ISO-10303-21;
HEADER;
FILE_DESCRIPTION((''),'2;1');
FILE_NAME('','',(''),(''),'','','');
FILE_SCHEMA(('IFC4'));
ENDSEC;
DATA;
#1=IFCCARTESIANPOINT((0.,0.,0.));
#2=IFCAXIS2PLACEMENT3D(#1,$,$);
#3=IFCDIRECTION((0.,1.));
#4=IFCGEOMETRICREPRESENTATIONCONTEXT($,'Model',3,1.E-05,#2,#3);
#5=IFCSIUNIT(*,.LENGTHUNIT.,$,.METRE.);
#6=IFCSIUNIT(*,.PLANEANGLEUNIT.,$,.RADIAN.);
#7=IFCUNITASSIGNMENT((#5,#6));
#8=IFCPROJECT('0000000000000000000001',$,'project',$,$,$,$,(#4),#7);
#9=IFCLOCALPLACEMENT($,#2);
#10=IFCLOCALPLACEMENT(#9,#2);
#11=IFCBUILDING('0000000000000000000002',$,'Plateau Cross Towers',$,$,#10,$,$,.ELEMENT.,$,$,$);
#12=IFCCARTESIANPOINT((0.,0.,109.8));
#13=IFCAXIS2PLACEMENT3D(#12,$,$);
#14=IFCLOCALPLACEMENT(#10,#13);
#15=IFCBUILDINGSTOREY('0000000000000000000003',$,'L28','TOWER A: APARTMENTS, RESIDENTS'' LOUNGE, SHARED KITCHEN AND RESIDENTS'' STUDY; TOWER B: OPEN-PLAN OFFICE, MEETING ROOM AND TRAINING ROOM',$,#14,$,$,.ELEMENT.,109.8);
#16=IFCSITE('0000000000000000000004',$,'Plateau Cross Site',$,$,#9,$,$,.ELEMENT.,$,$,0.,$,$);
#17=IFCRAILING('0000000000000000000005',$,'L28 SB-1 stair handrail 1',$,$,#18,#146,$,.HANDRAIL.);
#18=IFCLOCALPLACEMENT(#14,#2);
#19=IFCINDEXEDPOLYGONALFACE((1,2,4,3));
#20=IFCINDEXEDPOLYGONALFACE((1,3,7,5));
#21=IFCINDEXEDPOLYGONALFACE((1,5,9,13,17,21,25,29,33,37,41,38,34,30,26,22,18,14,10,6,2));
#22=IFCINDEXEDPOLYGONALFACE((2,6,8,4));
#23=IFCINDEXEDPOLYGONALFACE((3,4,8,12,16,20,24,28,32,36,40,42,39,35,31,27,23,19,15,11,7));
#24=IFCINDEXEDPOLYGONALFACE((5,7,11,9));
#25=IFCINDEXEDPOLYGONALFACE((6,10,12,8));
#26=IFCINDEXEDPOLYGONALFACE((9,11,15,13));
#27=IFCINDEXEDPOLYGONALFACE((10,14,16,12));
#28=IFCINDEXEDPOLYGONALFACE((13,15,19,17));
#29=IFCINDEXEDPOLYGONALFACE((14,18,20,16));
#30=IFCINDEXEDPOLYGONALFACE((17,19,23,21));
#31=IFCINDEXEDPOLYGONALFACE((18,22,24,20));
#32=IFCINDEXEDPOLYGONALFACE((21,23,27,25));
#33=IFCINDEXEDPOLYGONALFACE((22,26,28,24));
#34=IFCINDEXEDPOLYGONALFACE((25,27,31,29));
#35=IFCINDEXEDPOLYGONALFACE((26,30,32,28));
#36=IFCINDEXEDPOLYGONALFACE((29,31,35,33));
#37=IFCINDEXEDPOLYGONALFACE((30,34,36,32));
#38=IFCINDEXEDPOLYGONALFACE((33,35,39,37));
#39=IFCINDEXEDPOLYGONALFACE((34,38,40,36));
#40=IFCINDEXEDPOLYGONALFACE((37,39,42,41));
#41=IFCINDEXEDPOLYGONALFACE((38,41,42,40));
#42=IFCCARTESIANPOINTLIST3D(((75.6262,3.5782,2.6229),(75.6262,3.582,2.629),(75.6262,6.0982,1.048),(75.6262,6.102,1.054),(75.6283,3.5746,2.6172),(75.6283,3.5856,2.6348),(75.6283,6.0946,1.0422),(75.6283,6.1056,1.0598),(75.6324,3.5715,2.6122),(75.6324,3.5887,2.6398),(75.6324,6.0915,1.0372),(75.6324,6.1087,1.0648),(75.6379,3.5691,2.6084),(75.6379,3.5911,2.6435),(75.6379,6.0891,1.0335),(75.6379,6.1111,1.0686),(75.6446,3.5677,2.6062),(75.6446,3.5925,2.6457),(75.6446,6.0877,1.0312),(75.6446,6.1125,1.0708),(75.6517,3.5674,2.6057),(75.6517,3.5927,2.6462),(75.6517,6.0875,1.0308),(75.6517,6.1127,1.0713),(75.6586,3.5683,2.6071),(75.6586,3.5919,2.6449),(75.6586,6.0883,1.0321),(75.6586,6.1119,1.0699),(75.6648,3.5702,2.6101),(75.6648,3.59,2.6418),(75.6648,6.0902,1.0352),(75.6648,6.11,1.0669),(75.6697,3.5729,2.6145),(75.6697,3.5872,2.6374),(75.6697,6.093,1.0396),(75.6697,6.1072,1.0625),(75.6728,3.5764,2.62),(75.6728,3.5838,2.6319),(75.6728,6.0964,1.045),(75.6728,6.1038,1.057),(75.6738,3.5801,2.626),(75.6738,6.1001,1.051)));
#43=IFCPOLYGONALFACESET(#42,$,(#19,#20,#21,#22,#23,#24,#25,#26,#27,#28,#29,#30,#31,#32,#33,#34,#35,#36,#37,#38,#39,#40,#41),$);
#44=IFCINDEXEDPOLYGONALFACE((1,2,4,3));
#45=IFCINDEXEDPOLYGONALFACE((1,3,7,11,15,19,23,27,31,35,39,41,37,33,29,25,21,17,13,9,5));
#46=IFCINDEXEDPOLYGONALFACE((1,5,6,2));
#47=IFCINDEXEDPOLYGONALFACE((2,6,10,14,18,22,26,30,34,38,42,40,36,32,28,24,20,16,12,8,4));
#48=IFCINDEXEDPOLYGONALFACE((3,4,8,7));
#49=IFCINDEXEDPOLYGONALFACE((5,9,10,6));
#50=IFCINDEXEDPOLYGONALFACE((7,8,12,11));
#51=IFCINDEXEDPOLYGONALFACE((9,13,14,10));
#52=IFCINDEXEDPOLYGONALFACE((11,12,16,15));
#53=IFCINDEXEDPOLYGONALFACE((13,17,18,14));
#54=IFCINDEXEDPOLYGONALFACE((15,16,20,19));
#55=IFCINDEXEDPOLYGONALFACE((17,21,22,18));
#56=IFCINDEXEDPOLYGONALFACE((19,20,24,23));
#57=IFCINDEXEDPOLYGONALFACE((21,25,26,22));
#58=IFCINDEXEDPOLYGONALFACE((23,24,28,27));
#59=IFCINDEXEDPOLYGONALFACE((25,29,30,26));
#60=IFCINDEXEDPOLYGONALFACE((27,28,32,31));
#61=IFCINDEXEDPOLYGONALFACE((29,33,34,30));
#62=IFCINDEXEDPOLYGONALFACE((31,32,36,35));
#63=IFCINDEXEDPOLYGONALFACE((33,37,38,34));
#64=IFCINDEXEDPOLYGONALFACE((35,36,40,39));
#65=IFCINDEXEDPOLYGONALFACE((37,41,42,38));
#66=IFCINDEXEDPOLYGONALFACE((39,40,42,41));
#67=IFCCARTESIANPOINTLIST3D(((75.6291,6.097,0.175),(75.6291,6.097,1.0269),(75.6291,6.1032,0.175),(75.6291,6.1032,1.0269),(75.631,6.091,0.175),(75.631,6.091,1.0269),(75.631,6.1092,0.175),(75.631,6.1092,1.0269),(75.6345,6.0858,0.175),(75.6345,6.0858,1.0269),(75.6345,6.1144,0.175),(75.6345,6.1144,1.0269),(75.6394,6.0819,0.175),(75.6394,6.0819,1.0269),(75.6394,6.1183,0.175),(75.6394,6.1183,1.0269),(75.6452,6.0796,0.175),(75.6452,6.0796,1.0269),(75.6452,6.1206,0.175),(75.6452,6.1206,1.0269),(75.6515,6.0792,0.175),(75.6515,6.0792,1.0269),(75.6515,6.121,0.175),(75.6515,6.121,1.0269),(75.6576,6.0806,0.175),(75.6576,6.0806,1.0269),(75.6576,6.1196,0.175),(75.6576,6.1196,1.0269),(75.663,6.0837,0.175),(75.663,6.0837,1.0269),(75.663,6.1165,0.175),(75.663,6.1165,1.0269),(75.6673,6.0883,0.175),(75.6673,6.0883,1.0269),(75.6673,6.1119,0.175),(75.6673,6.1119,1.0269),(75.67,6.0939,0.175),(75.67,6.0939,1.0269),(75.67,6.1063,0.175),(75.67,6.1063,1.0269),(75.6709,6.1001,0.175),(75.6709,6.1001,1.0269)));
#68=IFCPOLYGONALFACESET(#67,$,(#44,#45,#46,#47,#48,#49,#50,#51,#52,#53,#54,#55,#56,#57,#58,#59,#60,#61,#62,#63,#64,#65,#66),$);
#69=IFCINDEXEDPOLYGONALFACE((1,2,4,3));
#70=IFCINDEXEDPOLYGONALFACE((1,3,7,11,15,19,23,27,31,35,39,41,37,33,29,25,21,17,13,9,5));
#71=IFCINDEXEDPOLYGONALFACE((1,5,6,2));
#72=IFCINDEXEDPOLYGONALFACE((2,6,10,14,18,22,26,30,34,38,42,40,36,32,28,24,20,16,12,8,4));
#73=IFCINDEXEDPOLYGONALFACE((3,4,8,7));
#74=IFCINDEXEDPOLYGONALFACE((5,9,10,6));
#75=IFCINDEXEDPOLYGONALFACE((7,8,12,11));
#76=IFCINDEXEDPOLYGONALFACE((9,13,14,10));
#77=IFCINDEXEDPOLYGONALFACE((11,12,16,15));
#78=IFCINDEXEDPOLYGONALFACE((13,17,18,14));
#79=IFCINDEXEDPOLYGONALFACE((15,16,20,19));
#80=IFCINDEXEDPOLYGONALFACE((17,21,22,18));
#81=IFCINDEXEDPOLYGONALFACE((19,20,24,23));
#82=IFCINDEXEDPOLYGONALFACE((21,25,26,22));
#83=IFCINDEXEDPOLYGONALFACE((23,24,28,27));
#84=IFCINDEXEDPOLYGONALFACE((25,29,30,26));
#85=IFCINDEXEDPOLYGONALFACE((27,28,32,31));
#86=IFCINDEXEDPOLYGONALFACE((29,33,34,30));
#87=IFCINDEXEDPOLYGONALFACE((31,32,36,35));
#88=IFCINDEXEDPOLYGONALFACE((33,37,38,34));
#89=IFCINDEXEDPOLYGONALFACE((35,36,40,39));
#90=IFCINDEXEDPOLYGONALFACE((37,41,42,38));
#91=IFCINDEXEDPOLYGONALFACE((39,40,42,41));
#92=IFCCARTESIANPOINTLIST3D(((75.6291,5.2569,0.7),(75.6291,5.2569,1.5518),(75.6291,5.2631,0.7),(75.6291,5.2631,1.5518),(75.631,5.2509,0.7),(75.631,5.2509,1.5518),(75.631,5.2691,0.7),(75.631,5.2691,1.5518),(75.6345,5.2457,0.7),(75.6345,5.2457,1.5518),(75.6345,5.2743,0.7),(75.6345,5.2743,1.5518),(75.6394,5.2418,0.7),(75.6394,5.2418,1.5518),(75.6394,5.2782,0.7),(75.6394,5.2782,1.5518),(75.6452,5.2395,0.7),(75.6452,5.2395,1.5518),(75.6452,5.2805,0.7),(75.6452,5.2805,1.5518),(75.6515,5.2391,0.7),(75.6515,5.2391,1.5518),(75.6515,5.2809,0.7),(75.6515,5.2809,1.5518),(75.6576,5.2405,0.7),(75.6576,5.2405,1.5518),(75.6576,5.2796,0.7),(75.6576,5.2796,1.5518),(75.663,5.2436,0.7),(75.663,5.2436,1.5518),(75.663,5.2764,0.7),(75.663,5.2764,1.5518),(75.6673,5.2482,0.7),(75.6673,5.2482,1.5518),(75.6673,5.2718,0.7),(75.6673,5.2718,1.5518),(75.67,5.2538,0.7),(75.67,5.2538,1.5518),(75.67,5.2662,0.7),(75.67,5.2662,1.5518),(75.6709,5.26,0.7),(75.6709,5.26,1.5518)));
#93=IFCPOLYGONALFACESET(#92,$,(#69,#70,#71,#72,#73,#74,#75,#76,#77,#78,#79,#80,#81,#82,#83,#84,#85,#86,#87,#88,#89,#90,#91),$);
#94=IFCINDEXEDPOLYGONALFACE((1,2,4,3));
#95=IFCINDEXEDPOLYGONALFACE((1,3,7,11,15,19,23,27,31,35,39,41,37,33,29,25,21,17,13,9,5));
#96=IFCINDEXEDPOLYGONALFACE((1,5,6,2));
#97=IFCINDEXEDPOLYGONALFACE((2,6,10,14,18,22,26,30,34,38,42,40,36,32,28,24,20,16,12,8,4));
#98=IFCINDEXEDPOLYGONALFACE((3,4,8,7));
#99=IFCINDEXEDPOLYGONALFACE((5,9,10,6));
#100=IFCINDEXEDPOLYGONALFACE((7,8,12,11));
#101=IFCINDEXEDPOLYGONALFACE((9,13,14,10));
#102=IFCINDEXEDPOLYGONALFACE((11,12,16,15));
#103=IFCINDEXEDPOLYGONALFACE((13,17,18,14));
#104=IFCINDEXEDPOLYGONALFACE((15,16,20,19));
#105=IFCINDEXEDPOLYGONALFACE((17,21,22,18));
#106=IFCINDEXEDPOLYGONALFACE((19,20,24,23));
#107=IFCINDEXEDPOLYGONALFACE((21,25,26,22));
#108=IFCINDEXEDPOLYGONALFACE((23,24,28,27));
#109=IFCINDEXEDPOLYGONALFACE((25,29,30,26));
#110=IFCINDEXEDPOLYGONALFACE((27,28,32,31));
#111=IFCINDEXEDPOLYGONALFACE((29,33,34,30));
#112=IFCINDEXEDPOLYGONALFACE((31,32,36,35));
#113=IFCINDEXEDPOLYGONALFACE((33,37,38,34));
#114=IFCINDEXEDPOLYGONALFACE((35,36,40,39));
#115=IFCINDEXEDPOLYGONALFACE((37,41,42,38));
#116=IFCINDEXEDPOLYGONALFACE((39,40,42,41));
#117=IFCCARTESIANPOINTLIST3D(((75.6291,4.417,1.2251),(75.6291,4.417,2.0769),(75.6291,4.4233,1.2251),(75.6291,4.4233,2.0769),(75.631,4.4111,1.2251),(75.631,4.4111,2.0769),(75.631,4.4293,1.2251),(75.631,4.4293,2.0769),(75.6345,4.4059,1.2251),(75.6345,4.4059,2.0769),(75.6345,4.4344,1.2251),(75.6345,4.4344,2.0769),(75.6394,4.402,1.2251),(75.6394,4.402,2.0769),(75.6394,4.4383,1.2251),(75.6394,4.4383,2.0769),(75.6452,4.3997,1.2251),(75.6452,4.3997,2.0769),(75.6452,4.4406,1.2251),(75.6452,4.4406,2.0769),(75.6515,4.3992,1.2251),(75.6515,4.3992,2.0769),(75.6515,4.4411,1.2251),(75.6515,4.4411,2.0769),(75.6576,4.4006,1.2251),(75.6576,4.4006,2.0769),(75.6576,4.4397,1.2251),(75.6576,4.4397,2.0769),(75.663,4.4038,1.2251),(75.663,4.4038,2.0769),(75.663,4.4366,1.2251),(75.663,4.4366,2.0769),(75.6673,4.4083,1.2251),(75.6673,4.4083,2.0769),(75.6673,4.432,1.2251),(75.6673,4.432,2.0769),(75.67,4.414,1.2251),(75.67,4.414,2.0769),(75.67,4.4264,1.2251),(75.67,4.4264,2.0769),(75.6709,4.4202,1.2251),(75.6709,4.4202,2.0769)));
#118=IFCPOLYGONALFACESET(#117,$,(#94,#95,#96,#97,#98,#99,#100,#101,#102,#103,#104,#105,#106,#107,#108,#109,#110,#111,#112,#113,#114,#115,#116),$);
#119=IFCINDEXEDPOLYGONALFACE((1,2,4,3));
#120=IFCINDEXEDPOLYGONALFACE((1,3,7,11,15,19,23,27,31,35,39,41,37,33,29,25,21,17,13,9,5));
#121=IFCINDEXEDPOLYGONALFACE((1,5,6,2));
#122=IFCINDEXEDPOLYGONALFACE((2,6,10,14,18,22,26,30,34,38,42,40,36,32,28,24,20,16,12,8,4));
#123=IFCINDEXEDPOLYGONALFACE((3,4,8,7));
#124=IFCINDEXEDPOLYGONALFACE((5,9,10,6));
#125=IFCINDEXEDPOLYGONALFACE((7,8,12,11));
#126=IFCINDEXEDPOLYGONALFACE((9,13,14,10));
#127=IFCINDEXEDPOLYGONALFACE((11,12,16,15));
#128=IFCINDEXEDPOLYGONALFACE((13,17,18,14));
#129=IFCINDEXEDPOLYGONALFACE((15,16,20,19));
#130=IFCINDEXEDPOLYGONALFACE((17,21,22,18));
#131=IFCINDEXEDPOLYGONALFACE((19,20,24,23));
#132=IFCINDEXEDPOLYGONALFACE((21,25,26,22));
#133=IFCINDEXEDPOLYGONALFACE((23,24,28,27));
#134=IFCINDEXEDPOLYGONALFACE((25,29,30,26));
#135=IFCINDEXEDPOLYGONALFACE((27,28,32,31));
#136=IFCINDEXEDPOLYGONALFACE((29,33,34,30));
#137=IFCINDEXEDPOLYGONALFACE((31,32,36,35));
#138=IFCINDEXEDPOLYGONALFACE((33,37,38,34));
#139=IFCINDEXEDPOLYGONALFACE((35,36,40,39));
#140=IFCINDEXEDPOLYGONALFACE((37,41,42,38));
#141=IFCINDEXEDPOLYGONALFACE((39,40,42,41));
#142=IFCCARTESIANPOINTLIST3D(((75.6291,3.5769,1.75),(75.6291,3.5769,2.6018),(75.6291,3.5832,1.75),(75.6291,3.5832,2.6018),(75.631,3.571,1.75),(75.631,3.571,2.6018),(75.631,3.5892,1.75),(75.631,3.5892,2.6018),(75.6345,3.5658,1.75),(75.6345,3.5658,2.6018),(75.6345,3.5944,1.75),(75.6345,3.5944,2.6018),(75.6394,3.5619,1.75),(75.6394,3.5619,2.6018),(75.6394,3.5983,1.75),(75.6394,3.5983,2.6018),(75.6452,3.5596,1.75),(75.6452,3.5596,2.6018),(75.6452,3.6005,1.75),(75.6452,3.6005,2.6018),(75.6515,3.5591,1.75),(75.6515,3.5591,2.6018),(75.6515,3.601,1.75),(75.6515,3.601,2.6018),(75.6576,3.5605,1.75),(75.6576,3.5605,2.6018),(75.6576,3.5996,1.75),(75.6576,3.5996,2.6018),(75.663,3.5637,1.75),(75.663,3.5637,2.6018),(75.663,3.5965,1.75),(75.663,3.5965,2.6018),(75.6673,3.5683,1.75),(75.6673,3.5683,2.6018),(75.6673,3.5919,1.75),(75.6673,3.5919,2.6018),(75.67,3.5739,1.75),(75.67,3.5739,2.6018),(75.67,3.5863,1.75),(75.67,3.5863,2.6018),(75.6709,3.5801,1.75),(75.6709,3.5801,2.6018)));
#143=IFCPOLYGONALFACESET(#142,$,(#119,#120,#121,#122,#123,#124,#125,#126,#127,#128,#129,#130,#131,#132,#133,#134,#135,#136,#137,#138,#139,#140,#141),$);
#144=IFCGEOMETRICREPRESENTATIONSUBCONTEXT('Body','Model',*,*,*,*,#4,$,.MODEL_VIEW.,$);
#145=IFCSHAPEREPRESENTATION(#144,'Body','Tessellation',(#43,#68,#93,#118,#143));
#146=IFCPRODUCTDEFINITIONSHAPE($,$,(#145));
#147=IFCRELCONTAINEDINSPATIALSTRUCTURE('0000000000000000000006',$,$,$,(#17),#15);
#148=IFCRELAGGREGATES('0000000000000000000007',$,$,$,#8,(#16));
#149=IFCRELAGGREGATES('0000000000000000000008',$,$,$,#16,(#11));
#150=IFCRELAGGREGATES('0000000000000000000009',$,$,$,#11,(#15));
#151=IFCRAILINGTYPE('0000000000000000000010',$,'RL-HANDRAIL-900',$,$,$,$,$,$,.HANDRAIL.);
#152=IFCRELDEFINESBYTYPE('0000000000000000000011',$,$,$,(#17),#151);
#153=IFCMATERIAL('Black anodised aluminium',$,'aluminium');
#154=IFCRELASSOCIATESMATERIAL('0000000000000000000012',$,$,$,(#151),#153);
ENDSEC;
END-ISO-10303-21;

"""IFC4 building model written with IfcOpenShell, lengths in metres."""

from ifc_helpers import new_model, si_unit, direction, frame, origin, origin_2d, place, context, subcontext, project, spatial, circle, extrude, material, type_object, element, save


model = new_model("IFC4")

# Units and contexts
model_context = context("Model", 3, precision=1e-05, world=origin(), true_north=direction((0.0, 1.0)))
body_context = subcontext(model_context, "Body", "Model", "MODEL_VIEW")
ifc_project = project(units=[si_unit("LENGTHUNIT", "METRE"), si_unit("PLANEANGLEUNIT", "RADIAN")], contexts=[model_context])

# Site, building, storey
site_placement = place(None, origin())
site = spatial("IfcSite", under=ifc_project, at=site_placement, Name="Plateau Cross Site", CompositionType="ELEMENT", RefElevation=0.0)
building_placement = place(site_placement, origin())
building = spatial("IfcBuilding", under=site, at=building_placement, Name="Plateau Cross Towers", CompositionType="ELEMENT")
storey_placement = place(building_placement, frame((0.0, 0.0, 109.8)))
storey = spatial("IfcBuildingStorey", under=building, at=storey_placement, Name="L28", Description="TOWER A: APARTMENTS, RESIDENTS' LOUNGE, SHARED KITCHEN AND RESIDENTS' STUDY; TOWER B: OPEN-PLAN OFFICE, MEETING ROOM AND TRAINING ROOM", CompositionType="ELEMENT", Elevation=109.8)

# Shared definitions
ifc_material_1 = material(Name="Black anodised aluminium", Category="aluminium")

# Railing
railing_type_1 = type_object("IfcRailingType", Name="RL-HANDRAIL-900", PredefinedType="HANDRAIL", material=ifc_material_1)
railing_1_placement = place(storey_placement, frame((75.6499, 6.1001, 0.175)))
element("IfcRailing", 1, at=railing_1_placement, inside=storey, type_object=railing_type_1, Name="L28 SB-1 stair handrail 1", PredefinedType="HANDRAIL", context=body_context, shape_type="SweptSolid", body=[
    extrude(circle(Radius=0.0239, at=origin_2d()), frame((0.0, 0.0, 0.876), z_axis=(0.0, -0.848008, 0.529984), x_axis=(1.0, 0.0, 0.0)), (0.0, 0.0, 1.0), 2.9717),
    extrude(circle(Radius=0.021, at=origin_2d()), origin(), (0.0, 0.0, 1.0), 0.8518),
    extrude(circle(Radius=0.021, at=origin_2d()), frame((0.0, -0.8401, 0.5249)), (0.0, 0.0, 1.0), 0.8518),
    extrude(circle(Radius=0.021, at=origin_2d()), frame((0.0, -1.6799, 1.05)), (0.0, 0.0, 1.0), 0.8518),
    extrude(circle(Radius=0.021, at=origin_2d()), frame((0.0, -2.52, 1.575)), (0.0, 0.0, 1.0), 0.8518),
])

save(model, "model.ifc")
